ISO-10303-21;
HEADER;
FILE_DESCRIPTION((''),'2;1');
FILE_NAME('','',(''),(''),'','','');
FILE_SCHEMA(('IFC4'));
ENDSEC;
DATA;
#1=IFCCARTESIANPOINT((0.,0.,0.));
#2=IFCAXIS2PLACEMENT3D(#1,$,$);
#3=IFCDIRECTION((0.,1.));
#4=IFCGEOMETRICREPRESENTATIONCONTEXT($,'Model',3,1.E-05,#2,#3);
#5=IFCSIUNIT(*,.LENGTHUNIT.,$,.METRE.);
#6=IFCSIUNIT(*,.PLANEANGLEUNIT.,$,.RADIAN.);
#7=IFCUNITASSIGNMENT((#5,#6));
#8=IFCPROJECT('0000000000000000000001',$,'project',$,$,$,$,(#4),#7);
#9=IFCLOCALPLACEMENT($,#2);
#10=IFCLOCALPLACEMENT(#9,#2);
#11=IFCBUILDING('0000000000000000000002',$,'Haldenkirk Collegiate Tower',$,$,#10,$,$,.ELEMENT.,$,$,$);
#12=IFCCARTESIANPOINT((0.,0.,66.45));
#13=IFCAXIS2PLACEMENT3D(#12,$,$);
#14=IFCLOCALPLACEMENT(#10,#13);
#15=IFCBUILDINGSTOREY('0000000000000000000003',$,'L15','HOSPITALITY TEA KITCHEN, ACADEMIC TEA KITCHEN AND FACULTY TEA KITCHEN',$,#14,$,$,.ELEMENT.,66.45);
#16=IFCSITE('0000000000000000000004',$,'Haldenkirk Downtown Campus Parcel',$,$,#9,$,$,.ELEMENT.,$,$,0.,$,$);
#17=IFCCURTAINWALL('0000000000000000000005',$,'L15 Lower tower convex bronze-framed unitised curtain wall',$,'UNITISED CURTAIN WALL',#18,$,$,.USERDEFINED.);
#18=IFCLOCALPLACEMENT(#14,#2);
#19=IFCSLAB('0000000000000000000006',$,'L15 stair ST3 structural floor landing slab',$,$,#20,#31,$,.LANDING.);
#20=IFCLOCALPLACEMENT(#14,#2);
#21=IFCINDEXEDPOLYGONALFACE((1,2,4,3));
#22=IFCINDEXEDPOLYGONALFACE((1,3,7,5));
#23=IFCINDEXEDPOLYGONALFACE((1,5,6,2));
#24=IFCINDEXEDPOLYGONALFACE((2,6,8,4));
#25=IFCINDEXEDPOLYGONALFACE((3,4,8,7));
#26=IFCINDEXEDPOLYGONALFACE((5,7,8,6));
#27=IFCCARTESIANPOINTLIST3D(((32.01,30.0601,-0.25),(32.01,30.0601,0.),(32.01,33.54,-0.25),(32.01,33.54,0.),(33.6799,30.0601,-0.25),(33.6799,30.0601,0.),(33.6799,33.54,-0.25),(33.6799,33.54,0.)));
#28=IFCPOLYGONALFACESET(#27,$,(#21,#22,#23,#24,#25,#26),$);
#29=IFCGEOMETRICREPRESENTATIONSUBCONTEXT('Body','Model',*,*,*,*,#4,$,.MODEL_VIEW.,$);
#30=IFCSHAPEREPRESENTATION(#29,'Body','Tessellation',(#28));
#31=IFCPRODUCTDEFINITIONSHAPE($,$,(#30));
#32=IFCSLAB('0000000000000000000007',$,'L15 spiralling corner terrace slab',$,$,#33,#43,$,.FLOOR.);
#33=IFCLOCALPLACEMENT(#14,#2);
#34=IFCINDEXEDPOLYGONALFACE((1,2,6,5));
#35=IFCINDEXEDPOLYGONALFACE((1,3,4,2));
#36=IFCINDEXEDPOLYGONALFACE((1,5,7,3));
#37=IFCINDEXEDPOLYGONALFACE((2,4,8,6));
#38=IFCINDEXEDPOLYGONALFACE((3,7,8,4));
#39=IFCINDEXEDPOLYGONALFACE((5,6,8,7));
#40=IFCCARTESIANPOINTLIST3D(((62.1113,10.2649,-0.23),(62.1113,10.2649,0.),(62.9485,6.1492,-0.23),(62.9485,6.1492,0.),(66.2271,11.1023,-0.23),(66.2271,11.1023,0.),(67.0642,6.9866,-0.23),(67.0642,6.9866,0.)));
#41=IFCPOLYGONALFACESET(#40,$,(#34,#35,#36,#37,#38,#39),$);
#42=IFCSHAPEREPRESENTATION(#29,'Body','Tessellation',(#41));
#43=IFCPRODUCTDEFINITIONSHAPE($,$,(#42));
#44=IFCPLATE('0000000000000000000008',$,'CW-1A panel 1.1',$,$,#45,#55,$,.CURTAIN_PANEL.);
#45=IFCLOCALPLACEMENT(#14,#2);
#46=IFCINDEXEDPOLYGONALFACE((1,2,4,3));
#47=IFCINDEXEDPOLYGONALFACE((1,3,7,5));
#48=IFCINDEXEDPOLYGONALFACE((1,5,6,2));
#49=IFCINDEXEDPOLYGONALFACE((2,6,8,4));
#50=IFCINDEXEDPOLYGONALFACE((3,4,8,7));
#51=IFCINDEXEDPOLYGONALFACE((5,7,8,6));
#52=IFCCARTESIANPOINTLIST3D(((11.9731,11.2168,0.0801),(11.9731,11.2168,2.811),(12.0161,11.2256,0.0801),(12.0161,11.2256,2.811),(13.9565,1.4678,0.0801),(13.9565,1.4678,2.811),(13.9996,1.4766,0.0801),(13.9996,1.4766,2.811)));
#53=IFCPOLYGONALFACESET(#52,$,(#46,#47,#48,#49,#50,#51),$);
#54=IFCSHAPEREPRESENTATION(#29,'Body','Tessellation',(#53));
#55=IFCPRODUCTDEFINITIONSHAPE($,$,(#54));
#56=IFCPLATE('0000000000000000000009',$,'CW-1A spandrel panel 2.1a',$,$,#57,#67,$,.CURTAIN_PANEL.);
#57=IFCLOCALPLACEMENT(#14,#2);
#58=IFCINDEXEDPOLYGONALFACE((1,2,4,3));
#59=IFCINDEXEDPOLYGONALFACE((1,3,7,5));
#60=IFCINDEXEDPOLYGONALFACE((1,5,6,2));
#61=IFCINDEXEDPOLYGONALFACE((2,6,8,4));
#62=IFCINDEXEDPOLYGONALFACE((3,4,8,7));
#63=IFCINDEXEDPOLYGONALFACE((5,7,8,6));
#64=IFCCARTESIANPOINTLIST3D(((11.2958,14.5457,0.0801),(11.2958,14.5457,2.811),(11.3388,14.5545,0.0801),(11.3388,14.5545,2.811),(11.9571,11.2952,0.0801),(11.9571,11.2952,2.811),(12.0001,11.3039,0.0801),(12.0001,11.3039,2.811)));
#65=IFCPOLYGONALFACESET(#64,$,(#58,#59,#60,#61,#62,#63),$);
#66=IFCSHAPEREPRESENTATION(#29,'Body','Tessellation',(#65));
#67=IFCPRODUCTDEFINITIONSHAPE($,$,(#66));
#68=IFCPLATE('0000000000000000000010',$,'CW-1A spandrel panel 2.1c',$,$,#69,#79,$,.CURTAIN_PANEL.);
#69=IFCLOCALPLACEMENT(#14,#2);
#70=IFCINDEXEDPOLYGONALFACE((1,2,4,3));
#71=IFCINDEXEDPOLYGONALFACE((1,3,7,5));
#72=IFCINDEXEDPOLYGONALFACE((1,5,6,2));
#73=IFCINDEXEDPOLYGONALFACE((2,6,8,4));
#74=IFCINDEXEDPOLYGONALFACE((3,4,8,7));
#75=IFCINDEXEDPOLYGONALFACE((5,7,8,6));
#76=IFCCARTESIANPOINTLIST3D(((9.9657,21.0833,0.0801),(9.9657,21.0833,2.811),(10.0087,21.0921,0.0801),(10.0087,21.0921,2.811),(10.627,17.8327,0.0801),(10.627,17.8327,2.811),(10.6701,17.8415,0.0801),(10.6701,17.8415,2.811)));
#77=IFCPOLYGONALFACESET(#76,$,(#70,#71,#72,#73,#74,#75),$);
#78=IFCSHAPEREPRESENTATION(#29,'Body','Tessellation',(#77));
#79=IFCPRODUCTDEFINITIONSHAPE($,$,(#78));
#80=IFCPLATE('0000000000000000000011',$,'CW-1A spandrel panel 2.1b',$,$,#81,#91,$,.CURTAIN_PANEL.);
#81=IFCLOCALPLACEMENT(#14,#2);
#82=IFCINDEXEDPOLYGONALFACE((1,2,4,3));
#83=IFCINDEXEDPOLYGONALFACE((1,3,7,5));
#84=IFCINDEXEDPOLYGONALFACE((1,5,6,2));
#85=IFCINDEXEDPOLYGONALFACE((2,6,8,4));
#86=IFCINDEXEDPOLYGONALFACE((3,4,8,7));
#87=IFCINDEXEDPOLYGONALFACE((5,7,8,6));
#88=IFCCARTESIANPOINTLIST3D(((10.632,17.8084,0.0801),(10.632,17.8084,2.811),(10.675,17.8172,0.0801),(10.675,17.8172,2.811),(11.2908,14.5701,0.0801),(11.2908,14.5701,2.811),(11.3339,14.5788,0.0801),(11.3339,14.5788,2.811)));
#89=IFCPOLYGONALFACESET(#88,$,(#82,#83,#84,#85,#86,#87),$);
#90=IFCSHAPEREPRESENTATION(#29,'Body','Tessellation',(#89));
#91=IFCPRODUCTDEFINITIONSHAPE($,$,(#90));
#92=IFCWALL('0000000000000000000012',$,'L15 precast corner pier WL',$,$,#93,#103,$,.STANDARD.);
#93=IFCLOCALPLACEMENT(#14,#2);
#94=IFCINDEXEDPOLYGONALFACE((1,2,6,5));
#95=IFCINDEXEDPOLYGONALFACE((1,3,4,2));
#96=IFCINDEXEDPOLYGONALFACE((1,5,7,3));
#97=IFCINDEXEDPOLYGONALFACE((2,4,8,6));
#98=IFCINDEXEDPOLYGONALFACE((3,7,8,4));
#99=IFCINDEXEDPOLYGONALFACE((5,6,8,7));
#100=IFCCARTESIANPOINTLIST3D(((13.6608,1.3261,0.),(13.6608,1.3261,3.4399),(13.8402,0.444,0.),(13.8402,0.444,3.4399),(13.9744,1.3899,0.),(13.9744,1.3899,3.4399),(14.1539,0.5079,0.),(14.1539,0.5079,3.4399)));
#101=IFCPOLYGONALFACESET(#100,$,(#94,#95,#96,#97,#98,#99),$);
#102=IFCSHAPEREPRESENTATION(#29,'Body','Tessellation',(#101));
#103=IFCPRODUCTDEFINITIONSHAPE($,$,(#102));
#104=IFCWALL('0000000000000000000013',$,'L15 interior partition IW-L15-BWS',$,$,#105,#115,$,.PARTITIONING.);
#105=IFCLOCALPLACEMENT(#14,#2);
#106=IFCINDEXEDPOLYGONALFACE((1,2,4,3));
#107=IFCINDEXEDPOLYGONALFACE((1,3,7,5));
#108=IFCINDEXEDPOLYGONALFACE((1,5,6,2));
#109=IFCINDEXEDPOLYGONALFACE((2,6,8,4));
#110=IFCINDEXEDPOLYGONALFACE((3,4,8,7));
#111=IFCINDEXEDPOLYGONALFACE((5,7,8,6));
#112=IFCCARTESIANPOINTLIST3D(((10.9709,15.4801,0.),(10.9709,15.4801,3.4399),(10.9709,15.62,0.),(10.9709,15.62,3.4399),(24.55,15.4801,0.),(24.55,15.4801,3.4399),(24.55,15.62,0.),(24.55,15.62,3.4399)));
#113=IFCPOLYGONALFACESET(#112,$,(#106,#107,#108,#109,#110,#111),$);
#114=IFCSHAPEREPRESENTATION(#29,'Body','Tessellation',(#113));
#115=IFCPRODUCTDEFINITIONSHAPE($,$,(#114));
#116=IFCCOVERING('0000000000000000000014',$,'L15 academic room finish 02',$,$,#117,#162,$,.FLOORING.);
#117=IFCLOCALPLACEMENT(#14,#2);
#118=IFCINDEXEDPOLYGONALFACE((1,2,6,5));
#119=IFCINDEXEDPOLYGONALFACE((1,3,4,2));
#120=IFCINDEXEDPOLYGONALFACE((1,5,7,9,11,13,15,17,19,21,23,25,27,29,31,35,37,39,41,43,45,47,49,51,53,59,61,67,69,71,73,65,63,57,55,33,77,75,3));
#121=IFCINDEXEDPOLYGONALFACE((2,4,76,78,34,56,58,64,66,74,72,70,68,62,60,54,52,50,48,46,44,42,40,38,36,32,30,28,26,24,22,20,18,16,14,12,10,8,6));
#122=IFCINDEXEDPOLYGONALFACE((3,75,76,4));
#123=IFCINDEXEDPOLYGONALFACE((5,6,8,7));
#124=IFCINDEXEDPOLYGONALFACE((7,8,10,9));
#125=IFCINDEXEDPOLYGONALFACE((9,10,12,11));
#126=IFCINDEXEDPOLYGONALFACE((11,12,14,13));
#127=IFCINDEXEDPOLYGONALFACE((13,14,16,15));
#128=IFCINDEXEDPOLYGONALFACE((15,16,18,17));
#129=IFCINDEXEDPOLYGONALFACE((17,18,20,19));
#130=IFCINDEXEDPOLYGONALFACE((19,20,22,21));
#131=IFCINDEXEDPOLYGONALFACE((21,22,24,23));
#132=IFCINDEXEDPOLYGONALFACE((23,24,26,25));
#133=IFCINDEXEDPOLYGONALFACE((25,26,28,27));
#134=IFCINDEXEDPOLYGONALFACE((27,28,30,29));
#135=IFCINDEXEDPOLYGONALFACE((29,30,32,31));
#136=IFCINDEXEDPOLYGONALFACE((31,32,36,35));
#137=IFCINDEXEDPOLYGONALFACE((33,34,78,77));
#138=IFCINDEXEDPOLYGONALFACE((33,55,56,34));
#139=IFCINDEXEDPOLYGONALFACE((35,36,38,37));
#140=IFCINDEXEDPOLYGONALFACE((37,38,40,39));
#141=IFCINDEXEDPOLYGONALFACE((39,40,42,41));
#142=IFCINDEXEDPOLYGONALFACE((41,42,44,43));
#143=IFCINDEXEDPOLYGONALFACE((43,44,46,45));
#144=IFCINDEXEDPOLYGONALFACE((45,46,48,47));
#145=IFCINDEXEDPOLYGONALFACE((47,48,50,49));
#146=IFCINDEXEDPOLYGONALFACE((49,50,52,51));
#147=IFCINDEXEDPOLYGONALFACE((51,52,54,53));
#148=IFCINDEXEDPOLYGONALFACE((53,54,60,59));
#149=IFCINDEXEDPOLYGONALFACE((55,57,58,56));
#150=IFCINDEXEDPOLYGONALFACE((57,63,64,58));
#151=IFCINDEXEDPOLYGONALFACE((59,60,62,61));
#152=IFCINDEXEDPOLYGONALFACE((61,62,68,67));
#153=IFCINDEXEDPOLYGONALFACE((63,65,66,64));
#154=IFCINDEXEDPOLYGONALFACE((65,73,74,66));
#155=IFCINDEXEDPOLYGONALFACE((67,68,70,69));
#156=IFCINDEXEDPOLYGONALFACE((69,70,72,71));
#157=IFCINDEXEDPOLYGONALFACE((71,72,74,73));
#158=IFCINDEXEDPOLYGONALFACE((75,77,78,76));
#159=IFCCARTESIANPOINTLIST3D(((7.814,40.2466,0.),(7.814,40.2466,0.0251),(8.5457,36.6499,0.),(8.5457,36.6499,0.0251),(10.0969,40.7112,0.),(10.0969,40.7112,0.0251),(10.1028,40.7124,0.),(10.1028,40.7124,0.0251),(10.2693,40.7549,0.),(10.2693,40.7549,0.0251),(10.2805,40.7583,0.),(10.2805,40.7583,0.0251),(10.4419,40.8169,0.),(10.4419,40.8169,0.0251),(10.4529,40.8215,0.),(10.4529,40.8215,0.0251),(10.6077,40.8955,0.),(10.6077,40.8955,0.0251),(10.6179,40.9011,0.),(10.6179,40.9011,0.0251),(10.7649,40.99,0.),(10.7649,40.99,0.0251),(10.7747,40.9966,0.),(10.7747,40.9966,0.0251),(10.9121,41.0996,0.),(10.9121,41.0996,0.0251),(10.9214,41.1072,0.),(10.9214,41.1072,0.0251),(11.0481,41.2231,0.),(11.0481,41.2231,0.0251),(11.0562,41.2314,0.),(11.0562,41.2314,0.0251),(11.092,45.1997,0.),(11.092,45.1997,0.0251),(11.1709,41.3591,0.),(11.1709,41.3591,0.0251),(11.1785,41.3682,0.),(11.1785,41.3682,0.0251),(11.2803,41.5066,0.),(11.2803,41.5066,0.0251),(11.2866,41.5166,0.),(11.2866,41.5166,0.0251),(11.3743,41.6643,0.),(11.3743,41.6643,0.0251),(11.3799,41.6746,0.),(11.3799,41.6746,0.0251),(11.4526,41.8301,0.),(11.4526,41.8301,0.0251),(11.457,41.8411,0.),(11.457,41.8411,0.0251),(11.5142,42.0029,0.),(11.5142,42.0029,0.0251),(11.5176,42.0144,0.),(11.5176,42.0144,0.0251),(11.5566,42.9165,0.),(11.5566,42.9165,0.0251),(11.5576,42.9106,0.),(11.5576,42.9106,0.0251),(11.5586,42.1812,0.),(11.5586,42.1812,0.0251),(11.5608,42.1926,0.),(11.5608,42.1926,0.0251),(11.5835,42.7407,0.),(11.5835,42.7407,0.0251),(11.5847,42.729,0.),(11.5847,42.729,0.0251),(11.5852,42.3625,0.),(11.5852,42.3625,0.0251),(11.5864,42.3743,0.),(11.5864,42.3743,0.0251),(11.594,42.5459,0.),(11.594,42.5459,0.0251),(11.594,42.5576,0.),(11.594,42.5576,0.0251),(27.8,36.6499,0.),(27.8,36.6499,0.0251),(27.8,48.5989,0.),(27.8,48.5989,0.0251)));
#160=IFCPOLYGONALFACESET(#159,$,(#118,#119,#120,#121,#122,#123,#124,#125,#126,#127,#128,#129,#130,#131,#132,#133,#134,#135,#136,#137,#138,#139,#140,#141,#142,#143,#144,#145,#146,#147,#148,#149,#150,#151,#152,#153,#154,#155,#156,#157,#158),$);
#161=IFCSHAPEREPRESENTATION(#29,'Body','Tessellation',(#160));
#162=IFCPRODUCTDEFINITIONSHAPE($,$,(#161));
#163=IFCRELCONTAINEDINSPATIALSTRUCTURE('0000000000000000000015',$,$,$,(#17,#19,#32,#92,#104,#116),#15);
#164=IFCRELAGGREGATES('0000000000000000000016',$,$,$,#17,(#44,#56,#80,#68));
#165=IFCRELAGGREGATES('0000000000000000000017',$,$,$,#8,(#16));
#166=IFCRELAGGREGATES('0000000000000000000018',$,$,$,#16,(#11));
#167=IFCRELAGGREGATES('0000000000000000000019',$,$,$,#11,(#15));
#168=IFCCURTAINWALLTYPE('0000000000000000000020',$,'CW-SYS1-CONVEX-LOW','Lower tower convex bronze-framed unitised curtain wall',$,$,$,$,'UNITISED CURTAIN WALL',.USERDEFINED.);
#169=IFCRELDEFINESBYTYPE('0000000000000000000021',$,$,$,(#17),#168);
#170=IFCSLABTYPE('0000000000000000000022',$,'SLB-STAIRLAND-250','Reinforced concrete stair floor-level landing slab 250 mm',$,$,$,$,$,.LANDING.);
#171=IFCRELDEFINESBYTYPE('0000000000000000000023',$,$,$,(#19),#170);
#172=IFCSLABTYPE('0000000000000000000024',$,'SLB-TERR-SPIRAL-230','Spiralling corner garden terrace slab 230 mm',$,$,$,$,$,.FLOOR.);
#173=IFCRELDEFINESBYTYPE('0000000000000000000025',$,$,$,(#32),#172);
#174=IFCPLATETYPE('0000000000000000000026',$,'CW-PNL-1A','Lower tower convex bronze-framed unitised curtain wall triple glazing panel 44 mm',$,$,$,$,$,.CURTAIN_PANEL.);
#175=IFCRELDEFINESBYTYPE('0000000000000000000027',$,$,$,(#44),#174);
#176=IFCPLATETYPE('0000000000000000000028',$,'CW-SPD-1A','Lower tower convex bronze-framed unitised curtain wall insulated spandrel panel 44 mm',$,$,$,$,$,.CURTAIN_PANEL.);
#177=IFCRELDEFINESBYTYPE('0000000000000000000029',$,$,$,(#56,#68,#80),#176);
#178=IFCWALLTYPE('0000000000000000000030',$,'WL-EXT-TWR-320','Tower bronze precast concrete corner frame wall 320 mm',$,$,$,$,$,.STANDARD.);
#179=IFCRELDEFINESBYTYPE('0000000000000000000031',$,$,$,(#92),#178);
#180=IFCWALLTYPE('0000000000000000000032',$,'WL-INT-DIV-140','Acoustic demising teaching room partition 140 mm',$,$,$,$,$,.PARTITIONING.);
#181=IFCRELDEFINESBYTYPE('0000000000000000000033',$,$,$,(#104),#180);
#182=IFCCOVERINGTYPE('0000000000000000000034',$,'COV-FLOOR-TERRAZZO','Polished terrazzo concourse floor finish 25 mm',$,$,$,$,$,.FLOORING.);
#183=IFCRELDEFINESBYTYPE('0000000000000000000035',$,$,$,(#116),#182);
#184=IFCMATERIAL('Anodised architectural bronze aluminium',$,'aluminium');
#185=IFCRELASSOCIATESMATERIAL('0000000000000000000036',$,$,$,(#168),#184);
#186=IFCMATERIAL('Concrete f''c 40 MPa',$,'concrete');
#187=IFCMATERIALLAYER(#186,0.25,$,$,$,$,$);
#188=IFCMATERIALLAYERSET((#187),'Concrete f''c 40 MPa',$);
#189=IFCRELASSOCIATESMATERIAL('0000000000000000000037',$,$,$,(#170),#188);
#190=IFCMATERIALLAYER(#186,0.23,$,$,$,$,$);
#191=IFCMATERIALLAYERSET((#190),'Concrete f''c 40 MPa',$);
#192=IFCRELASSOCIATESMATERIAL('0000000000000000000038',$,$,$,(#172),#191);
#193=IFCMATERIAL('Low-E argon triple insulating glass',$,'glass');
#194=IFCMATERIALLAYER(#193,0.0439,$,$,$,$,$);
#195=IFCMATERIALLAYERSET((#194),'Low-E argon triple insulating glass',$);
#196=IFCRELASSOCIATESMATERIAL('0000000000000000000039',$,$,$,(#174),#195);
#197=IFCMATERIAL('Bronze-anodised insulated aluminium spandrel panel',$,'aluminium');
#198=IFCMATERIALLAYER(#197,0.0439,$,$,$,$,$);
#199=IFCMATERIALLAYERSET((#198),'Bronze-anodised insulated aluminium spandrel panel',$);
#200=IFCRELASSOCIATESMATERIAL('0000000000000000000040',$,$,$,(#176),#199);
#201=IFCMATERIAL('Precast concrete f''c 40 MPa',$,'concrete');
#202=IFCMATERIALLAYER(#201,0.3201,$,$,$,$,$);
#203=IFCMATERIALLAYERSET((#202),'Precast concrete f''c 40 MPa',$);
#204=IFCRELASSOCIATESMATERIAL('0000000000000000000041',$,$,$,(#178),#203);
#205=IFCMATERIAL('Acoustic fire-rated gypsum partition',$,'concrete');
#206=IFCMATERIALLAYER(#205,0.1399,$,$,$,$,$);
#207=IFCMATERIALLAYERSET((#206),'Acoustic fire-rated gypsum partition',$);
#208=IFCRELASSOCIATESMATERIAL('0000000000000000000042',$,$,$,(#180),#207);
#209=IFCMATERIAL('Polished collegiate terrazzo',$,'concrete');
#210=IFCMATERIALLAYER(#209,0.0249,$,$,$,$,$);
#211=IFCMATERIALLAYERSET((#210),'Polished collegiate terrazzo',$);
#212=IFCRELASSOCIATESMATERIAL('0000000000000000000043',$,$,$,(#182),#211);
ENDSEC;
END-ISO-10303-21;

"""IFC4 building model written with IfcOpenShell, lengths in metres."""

from ifc_helpers import new_model, si_unit, direction, frame, frame_2d, origin, origin_2d, place, context, subcontext, project, spatial, polyline, rectangle, outline, extrude, source, transform, mapped, material, layer, layer_set, type_object, element, aggregate, save


model = new_model("IFC4")

# Units and contexts
model_context = context("Model", 3, precision=1e-05, world=origin(), true_north=direction((0.0, 1.0)))
body_context = subcontext(model_context, "Body", "Model", "MODEL_VIEW")
ifc_project = project(units=[si_unit("LENGTHUNIT", "METRE"), si_unit("PLANEANGLEUNIT", "RADIAN")], contexts=[model_context])

# Site, building, storey
site_placement = place(None, origin())
site = spatial("IfcSite", under=ifc_project, at=site_placement, Name="Haldenkirk Downtown Campus Parcel", CompositionType="ELEMENT", RefElevation=0.0)
building_placement = place(site_placement, origin())
building = spatial("IfcBuilding", under=site, at=building_placement, Name="Haldenkirk Collegiate Tower", CompositionType="ELEMENT")
storey_placement = place(building_placement, frame((0.0, 0.0, 66.45)))
storey = spatial("IfcBuildingStorey", under=building, at=storey_placement, Name="L15", Description="HOSPITALITY TEA KITCHEN, ACADEMIC TEA KITCHEN AND FACULTY TEA KITCHEN", CompositionType="ELEMENT", Elevation=66.45)

# Curtain wall
ifc_material_1 = material(Name="Anodised architectural bronze aluminium", Category="aluminium")
curtain_wall_type = type_object("IfcCurtainWallType", Name="CW-SYS1-CONVEX-LOW", Description="Lower tower convex bronze-framed unitised curtain wall", ElementType="UNITISED CURTAIN WALL", PredefinedType="USERDEFINED", material=ifc_material_1)
curtain_wall_placement = place(storey_placement, origin())
curtain_wall = element("IfcCurtainWall", 1, at=curtain_wall_placement, inside=storey, type_object=curtain_wall_type, Name="L15 Lower tower convex bronze-framed unitised curtain wall", ObjectType="UNITISED CURTAIN WALL", PredefinedType="USERDEFINED")

# Shared definitions
ifc_material_2 = material(Name="Concrete f'c 40 MPa", Category="concrete")

# Slabs
ifc_layer_1 = layer(ifc_material_2, 0.25)
ifc_layer_set_1 = layer_set([ifc_layer_1], Name="Concrete f'c 40 MPa")
slab_type_1 = type_object("IfcSlabType", Name="SLB-STAIRLAND-250", Description="Reinforced concrete stair floor-level landing slab 250 mm", PredefinedType="LANDING", material=ifc_layer_set_1)
slab_1_placement = place(storey_placement, frame((0.0, 0.0, -0.25)))
element("IfcSlab", 2, at=slab_1_placement, inside=storey, type_object=slab_type_1, Name="L15 stair ST3 structural floor landing slab", PredefinedType="LANDING", context=body_context, shape_type="SweptSolid", body=[
    extrude(outline(polyline([(32.01, 30.0601), (33.6799, 30.0601), (33.6799, 33.54), (32.01, 33.54), (32.01, 30.0601)])), origin(), (0.0, 0.0, 1.0), 0.25),
])
ifc_layer_2 = layer(ifc_material_2, 0.23)
ifc_layer_set_2 = layer_set([ifc_layer_2], Name="Concrete f'c 40 MPa")
slab_type_2 = type_object("IfcSlabType", Name="SLB-TERR-SPIRAL-230", Description="Spiralling corner garden terrace slab 230 mm", PredefinedType="FLOOR", material=ifc_layer_set_2)
slab_2_placement = place(storey_placement, frame((0.0, 0.0, -0.23)))
element("IfcSlab", 3, at=slab_2_placement, inside=storey, type_object=slab_type_2, Name="L15 spiralling corner terrace slab", PredefinedType="FLOOR", context=body_context, shape_type="SweptSolid", body=[
    extrude(outline(polyline([(62.9485, 6.1492), (67.0642, 6.9866), (66.2271, 11.1023), (62.1113, 10.2649), (62.9485, 6.1492)])), origin(), (0.0, 0.0, 1.0), 0.23),
])

# Plates
ifc_material_3 = material(Name="Low-E argon triple insulating glass", Category="glass")
ifc_layer_3 = layer(ifc_material_3, 0.0439)
ifc_layer_set_3 = layer_set([ifc_layer_3], Name="Low-E argon triple insulating glass")
plate_type_1 = type_object("IfcPlateType", Name="CW-PNL-1A", Description="Lower tower convex bronze-framed unitised curtain wall triple glazing panel 44 mm", PredefinedType="CURTAIN_PANEL", material=ifc_layer_set_3)
shared_shape_1 = source(origin(), body_context, "Body", "SweptSolid", [
    extrude(rectangle(XDim=9.9487, YDim=0.0439, at=origin_2d()), origin(), (0.0, 0.0, 1.0), 2.731),
])
plate_1_placement = place(storey_placement, frame((12.9863, 6.3467, 0.0801), z_axis=(0.0, 0.0, 1.0), x_axis=(-0.199369, 0.979924, 0.0)))
plate_1 = element("IfcPlate", 4, at=plate_1_placement, type_object=plate_type_1, Name="CW-1A panel 1.1", PredefinedType="CURTAIN_PANEL", context=body_context, shape_type="MappedRepresentation", body=[
    mapped(shared_shape_1, transform((0.0, 0.0, 0.0), x_axis=(1.0, 0.0, 0.0), y_axis=(0.0, 1.0, 0.0), z_axis=(0.0, 0.0, 1.0), scale=1.0)),
])
ifc_material_4 = material(Name="Bronze-anodised insulated aluminium spandrel panel", Category="aluminium")
ifc_layer_4 = layer(ifc_material_4, 0.0439)
ifc_layer_set_4 = layer_set([ifc_layer_4], Name="Bronze-anodised insulated aluminium spandrel panel")
plate_type_2 = type_object("IfcPlateType", Name="CW-SPD-1A", Description="Lower tower convex bronze-framed unitised curtain wall insulated spandrel panel 44 mm", PredefinedType="CURTAIN_PANEL", material=ifc_layer_set_4)
shared_shape_2 = source(origin(), body_context, "Body", "SweptSolid", [
    extrude(rectangle(XDim=3.3171, YDim=0.0439, at=origin_2d()), origin(), (0.0, 0.0, 1.0), 2.731),
])
plate_2_placement = place(storey_placement, frame((11.6479, 12.9248, 0.0801), z_axis=(0.0, 0.0, 1.0), x_axis=(-0.199369, 0.979924, 0.0)))
plate_2 = element("IfcPlate", 5, at=plate_2_placement, type_object=plate_type_2, Name="CW-1A spandrel panel 2.1a", PredefinedType="CURTAIN_PANEL", context=body_context, shape_type="MappedRepresentation", body=[
    mapped(shared_shape_2, transform((0.0, 0.0, 0.0), x_axis=(1.0, 0.0, 0.0), y_axis=(0.0, 1.0, 0.0), z_axis=(0.0, 0.0, 1.0), scale=1.0)),
])
plate_3_placement = place(storey_placement, frame((10.3179, 19.4624, 0.0801), z_axis=(0.0, 0.0, 1.0), x_axis=(-0.199369, 0.979924, 0.0)))
plate_3 = element("IfcPlate", 6, at=plate_3_placement, type_object=plate_type_2, Name="CW-1A spandrel panel 2.1c", PredefinedType="CURTAIN_PANEL", context=body_context, shape_type="MappedRepresentation", body=[
    mapped(shared_shape_2, transform((0.0, 0.0, 0.0), x_axis=(1.0, 0.0, 0.0), y_axis=(0.0, 1.0, 0.0), z_axis=(0.0, 0.0, 1.0), scale=1.0)),
])
shared_shape_3 = source(origin(), body_context, "Body", "SweptSolid", [
    extrude(rectangle(XDim=3.3047, YDim=0.0439, at=origin_2d()), origin(), (0.0, 0.0, 1.0), 2.731),
])
plate_4_placement = place(storey_placement, frame((10.9829, 16.1936, 0.0801), z_axis=(0.0, 0.0, 1.0), x_axis=(-0.199369, 0.979924, 0.0)))
plate_4 = element("IfcPlate", 7, at=plate_4_placement, type_object=plate_type_2, Name="CW-1A spandrel panel 2.1b", PredefinedType="CURTAIN_PANEL", context=body_context, shape_type="MappedRepresentation", body=[
    mapped(shared_shape_3, transform((0.0, 0.0, 0.0), x_axis=(1.0, 0.0, 0.0), y_axis=(0.0, 1.0, 0.0), z_axis=(0.0, 0.0, 1.0), scale=1.0)),
])
aggregate(curtain_wall, [plate_1, plate_2, plate_4, plate_3])

# Walls
ifc_material_5 = material(Name="Precast concrete f'c 40 MPa", Category="concrete")
ifc_layer_5 = layer(ifc_material_5, 0.3201)
ifc_layer_set_5 = layer_set([ifc_layer_5], Name="Precast concrete f'c 40 MPa")
wall_type_1 = type_object("IfcWallType", Name="WL-EXT-TWR-320", Description="Tower bronze precast concrete corner frame wall 320 mm", PredefinedType="STANDARD", material=ifc_layer_set_5)
wall_1_placement = place(storey_placement, frame((13.9971, 0.4758, 0.0), z_axis=(0.0, 0.0, 1.0), x_axis=(-0.199349, 0.979929, 0.0)))
element("IfcWall", 8, at=wall_1_placement, inside=storey, type_object=wall_type_1, Name="L15 precast corner pier WL", PredefinedType="STANDARD", context=body_context, shape_type="SweptSolid", body=[
    extrude(rectangle(XDim=0.9001, YDim=0.3201, at=frame_2d((0.4502, 0.0))), origin(), (0.0, 0.0, 1.0), 3.4399),
])
ifc_material_6 = material(Name="Acoustic fire-rated gypsum partition", Category="concrete")
ifc_layer_6 = layer(ifc_material_6, 0.1399)
ifc_layer_set_6 = layer_set([ifc_layer_6], Name="Acoustic fire-rated gypsum partition")
wall_type_2 = type_object("IfcWallType", Name="WL-INT-DIV-140", Description="Acoustic demising teaching room partition 140 mm", PredefinedType="PARTITIONING", material=ifc_layer_set_6)
wall_2_placement = place(storey_placement, frame((10.9709, 15.55, 0.0), z_axis=(0.0, 0.0, 1.0), x_axis=(1.0, 0.0, 0.0)))
element("IfcWall", 9, at=wall_2_placement, inside=storey, type_object=wall_type_2, Name="L15 interior partition IW-L15-BWS", PredefinedType="PARTITIONING", context=body_context, shape_type="SweptSolid", body=[
    extrude(rectangle(XDim=13.5791, YDim=0.1399, at=frame_2d((6.7896, 0.0))), origin(), (0.0, 0.0, 1.0), 3.4399),
])

# Covering
ifc_material_7 = material(Name="Polished collegiate terrazzo", Category="concrete")
ifc_layer_7 = layer(ifc_material_7, 0.0249)
ifc_layer_set_7 = layer_set([ifc_layer_7], Name="Polished collegiate terrazzo")
covering_type_1 = type_object("IfcCoveringType", Name="COV-FLOOR-TERRAZZO", Description="Polished terrazzo concourse floor finish 25 mm", PredefinedType="FLOORING", material=ifc_layer_set_7)
covering_1_placement = place(storey_placement, origin())
element("IfcCovering", 10, at=covering_1_placement, inside=storey, type_object=covering_type_1, Name="L15 academic room finish 02", PredefinedType="FLOORING", context=body_context, shape_type="SweptSolid", body=[
    extrude(outline(polyline([(10.0969, 40.7112), (10.1028, 40.7124), (10.2693, 40.7549), (10.2805, 40.7583), (10.4419, 40.8169), (10.4529, 40.8215), (10.6077, 40.8955), (10.6179, 40.9011), (10.7649, 40.99), (10.7747, 40.9966), (10.9121, 41.0996), (10.9214, 41.1072), (11.0481, 41.2231), (11.0562, 41.2314), (11.1709, 41.3591), (11.1785, 41.3682), (11.2803, 41.5066), (11.2866, 41.5166), (11.3743, 41.6643), (11.3799, 41.6746), (11.4526, 41.8301), (11.457, 41.8411), (11.5142, 42.0029), (11.5176, 42.0144), (11.5586, 42.1812), (11.5608, 42.1926), (11.5852, 42.3625), (11.5864, 42.3743), (11.594, 42.5459), (11.594, 42.5576), (11.5847, 42.729), (11.5835, 42.7407), (11.5576, 42.9106), (11.5566, 42.9165), (11.092, 45.1997), (27.8, 48.5989), (27.8, 36.6499), (8.5457, 36.6499), (7.814, 40.2466), (10.0969, 40.7112)])), origin(), (0.0, 0.0, 1.0), 0.0251),
])

save(model, "model.ifc")
